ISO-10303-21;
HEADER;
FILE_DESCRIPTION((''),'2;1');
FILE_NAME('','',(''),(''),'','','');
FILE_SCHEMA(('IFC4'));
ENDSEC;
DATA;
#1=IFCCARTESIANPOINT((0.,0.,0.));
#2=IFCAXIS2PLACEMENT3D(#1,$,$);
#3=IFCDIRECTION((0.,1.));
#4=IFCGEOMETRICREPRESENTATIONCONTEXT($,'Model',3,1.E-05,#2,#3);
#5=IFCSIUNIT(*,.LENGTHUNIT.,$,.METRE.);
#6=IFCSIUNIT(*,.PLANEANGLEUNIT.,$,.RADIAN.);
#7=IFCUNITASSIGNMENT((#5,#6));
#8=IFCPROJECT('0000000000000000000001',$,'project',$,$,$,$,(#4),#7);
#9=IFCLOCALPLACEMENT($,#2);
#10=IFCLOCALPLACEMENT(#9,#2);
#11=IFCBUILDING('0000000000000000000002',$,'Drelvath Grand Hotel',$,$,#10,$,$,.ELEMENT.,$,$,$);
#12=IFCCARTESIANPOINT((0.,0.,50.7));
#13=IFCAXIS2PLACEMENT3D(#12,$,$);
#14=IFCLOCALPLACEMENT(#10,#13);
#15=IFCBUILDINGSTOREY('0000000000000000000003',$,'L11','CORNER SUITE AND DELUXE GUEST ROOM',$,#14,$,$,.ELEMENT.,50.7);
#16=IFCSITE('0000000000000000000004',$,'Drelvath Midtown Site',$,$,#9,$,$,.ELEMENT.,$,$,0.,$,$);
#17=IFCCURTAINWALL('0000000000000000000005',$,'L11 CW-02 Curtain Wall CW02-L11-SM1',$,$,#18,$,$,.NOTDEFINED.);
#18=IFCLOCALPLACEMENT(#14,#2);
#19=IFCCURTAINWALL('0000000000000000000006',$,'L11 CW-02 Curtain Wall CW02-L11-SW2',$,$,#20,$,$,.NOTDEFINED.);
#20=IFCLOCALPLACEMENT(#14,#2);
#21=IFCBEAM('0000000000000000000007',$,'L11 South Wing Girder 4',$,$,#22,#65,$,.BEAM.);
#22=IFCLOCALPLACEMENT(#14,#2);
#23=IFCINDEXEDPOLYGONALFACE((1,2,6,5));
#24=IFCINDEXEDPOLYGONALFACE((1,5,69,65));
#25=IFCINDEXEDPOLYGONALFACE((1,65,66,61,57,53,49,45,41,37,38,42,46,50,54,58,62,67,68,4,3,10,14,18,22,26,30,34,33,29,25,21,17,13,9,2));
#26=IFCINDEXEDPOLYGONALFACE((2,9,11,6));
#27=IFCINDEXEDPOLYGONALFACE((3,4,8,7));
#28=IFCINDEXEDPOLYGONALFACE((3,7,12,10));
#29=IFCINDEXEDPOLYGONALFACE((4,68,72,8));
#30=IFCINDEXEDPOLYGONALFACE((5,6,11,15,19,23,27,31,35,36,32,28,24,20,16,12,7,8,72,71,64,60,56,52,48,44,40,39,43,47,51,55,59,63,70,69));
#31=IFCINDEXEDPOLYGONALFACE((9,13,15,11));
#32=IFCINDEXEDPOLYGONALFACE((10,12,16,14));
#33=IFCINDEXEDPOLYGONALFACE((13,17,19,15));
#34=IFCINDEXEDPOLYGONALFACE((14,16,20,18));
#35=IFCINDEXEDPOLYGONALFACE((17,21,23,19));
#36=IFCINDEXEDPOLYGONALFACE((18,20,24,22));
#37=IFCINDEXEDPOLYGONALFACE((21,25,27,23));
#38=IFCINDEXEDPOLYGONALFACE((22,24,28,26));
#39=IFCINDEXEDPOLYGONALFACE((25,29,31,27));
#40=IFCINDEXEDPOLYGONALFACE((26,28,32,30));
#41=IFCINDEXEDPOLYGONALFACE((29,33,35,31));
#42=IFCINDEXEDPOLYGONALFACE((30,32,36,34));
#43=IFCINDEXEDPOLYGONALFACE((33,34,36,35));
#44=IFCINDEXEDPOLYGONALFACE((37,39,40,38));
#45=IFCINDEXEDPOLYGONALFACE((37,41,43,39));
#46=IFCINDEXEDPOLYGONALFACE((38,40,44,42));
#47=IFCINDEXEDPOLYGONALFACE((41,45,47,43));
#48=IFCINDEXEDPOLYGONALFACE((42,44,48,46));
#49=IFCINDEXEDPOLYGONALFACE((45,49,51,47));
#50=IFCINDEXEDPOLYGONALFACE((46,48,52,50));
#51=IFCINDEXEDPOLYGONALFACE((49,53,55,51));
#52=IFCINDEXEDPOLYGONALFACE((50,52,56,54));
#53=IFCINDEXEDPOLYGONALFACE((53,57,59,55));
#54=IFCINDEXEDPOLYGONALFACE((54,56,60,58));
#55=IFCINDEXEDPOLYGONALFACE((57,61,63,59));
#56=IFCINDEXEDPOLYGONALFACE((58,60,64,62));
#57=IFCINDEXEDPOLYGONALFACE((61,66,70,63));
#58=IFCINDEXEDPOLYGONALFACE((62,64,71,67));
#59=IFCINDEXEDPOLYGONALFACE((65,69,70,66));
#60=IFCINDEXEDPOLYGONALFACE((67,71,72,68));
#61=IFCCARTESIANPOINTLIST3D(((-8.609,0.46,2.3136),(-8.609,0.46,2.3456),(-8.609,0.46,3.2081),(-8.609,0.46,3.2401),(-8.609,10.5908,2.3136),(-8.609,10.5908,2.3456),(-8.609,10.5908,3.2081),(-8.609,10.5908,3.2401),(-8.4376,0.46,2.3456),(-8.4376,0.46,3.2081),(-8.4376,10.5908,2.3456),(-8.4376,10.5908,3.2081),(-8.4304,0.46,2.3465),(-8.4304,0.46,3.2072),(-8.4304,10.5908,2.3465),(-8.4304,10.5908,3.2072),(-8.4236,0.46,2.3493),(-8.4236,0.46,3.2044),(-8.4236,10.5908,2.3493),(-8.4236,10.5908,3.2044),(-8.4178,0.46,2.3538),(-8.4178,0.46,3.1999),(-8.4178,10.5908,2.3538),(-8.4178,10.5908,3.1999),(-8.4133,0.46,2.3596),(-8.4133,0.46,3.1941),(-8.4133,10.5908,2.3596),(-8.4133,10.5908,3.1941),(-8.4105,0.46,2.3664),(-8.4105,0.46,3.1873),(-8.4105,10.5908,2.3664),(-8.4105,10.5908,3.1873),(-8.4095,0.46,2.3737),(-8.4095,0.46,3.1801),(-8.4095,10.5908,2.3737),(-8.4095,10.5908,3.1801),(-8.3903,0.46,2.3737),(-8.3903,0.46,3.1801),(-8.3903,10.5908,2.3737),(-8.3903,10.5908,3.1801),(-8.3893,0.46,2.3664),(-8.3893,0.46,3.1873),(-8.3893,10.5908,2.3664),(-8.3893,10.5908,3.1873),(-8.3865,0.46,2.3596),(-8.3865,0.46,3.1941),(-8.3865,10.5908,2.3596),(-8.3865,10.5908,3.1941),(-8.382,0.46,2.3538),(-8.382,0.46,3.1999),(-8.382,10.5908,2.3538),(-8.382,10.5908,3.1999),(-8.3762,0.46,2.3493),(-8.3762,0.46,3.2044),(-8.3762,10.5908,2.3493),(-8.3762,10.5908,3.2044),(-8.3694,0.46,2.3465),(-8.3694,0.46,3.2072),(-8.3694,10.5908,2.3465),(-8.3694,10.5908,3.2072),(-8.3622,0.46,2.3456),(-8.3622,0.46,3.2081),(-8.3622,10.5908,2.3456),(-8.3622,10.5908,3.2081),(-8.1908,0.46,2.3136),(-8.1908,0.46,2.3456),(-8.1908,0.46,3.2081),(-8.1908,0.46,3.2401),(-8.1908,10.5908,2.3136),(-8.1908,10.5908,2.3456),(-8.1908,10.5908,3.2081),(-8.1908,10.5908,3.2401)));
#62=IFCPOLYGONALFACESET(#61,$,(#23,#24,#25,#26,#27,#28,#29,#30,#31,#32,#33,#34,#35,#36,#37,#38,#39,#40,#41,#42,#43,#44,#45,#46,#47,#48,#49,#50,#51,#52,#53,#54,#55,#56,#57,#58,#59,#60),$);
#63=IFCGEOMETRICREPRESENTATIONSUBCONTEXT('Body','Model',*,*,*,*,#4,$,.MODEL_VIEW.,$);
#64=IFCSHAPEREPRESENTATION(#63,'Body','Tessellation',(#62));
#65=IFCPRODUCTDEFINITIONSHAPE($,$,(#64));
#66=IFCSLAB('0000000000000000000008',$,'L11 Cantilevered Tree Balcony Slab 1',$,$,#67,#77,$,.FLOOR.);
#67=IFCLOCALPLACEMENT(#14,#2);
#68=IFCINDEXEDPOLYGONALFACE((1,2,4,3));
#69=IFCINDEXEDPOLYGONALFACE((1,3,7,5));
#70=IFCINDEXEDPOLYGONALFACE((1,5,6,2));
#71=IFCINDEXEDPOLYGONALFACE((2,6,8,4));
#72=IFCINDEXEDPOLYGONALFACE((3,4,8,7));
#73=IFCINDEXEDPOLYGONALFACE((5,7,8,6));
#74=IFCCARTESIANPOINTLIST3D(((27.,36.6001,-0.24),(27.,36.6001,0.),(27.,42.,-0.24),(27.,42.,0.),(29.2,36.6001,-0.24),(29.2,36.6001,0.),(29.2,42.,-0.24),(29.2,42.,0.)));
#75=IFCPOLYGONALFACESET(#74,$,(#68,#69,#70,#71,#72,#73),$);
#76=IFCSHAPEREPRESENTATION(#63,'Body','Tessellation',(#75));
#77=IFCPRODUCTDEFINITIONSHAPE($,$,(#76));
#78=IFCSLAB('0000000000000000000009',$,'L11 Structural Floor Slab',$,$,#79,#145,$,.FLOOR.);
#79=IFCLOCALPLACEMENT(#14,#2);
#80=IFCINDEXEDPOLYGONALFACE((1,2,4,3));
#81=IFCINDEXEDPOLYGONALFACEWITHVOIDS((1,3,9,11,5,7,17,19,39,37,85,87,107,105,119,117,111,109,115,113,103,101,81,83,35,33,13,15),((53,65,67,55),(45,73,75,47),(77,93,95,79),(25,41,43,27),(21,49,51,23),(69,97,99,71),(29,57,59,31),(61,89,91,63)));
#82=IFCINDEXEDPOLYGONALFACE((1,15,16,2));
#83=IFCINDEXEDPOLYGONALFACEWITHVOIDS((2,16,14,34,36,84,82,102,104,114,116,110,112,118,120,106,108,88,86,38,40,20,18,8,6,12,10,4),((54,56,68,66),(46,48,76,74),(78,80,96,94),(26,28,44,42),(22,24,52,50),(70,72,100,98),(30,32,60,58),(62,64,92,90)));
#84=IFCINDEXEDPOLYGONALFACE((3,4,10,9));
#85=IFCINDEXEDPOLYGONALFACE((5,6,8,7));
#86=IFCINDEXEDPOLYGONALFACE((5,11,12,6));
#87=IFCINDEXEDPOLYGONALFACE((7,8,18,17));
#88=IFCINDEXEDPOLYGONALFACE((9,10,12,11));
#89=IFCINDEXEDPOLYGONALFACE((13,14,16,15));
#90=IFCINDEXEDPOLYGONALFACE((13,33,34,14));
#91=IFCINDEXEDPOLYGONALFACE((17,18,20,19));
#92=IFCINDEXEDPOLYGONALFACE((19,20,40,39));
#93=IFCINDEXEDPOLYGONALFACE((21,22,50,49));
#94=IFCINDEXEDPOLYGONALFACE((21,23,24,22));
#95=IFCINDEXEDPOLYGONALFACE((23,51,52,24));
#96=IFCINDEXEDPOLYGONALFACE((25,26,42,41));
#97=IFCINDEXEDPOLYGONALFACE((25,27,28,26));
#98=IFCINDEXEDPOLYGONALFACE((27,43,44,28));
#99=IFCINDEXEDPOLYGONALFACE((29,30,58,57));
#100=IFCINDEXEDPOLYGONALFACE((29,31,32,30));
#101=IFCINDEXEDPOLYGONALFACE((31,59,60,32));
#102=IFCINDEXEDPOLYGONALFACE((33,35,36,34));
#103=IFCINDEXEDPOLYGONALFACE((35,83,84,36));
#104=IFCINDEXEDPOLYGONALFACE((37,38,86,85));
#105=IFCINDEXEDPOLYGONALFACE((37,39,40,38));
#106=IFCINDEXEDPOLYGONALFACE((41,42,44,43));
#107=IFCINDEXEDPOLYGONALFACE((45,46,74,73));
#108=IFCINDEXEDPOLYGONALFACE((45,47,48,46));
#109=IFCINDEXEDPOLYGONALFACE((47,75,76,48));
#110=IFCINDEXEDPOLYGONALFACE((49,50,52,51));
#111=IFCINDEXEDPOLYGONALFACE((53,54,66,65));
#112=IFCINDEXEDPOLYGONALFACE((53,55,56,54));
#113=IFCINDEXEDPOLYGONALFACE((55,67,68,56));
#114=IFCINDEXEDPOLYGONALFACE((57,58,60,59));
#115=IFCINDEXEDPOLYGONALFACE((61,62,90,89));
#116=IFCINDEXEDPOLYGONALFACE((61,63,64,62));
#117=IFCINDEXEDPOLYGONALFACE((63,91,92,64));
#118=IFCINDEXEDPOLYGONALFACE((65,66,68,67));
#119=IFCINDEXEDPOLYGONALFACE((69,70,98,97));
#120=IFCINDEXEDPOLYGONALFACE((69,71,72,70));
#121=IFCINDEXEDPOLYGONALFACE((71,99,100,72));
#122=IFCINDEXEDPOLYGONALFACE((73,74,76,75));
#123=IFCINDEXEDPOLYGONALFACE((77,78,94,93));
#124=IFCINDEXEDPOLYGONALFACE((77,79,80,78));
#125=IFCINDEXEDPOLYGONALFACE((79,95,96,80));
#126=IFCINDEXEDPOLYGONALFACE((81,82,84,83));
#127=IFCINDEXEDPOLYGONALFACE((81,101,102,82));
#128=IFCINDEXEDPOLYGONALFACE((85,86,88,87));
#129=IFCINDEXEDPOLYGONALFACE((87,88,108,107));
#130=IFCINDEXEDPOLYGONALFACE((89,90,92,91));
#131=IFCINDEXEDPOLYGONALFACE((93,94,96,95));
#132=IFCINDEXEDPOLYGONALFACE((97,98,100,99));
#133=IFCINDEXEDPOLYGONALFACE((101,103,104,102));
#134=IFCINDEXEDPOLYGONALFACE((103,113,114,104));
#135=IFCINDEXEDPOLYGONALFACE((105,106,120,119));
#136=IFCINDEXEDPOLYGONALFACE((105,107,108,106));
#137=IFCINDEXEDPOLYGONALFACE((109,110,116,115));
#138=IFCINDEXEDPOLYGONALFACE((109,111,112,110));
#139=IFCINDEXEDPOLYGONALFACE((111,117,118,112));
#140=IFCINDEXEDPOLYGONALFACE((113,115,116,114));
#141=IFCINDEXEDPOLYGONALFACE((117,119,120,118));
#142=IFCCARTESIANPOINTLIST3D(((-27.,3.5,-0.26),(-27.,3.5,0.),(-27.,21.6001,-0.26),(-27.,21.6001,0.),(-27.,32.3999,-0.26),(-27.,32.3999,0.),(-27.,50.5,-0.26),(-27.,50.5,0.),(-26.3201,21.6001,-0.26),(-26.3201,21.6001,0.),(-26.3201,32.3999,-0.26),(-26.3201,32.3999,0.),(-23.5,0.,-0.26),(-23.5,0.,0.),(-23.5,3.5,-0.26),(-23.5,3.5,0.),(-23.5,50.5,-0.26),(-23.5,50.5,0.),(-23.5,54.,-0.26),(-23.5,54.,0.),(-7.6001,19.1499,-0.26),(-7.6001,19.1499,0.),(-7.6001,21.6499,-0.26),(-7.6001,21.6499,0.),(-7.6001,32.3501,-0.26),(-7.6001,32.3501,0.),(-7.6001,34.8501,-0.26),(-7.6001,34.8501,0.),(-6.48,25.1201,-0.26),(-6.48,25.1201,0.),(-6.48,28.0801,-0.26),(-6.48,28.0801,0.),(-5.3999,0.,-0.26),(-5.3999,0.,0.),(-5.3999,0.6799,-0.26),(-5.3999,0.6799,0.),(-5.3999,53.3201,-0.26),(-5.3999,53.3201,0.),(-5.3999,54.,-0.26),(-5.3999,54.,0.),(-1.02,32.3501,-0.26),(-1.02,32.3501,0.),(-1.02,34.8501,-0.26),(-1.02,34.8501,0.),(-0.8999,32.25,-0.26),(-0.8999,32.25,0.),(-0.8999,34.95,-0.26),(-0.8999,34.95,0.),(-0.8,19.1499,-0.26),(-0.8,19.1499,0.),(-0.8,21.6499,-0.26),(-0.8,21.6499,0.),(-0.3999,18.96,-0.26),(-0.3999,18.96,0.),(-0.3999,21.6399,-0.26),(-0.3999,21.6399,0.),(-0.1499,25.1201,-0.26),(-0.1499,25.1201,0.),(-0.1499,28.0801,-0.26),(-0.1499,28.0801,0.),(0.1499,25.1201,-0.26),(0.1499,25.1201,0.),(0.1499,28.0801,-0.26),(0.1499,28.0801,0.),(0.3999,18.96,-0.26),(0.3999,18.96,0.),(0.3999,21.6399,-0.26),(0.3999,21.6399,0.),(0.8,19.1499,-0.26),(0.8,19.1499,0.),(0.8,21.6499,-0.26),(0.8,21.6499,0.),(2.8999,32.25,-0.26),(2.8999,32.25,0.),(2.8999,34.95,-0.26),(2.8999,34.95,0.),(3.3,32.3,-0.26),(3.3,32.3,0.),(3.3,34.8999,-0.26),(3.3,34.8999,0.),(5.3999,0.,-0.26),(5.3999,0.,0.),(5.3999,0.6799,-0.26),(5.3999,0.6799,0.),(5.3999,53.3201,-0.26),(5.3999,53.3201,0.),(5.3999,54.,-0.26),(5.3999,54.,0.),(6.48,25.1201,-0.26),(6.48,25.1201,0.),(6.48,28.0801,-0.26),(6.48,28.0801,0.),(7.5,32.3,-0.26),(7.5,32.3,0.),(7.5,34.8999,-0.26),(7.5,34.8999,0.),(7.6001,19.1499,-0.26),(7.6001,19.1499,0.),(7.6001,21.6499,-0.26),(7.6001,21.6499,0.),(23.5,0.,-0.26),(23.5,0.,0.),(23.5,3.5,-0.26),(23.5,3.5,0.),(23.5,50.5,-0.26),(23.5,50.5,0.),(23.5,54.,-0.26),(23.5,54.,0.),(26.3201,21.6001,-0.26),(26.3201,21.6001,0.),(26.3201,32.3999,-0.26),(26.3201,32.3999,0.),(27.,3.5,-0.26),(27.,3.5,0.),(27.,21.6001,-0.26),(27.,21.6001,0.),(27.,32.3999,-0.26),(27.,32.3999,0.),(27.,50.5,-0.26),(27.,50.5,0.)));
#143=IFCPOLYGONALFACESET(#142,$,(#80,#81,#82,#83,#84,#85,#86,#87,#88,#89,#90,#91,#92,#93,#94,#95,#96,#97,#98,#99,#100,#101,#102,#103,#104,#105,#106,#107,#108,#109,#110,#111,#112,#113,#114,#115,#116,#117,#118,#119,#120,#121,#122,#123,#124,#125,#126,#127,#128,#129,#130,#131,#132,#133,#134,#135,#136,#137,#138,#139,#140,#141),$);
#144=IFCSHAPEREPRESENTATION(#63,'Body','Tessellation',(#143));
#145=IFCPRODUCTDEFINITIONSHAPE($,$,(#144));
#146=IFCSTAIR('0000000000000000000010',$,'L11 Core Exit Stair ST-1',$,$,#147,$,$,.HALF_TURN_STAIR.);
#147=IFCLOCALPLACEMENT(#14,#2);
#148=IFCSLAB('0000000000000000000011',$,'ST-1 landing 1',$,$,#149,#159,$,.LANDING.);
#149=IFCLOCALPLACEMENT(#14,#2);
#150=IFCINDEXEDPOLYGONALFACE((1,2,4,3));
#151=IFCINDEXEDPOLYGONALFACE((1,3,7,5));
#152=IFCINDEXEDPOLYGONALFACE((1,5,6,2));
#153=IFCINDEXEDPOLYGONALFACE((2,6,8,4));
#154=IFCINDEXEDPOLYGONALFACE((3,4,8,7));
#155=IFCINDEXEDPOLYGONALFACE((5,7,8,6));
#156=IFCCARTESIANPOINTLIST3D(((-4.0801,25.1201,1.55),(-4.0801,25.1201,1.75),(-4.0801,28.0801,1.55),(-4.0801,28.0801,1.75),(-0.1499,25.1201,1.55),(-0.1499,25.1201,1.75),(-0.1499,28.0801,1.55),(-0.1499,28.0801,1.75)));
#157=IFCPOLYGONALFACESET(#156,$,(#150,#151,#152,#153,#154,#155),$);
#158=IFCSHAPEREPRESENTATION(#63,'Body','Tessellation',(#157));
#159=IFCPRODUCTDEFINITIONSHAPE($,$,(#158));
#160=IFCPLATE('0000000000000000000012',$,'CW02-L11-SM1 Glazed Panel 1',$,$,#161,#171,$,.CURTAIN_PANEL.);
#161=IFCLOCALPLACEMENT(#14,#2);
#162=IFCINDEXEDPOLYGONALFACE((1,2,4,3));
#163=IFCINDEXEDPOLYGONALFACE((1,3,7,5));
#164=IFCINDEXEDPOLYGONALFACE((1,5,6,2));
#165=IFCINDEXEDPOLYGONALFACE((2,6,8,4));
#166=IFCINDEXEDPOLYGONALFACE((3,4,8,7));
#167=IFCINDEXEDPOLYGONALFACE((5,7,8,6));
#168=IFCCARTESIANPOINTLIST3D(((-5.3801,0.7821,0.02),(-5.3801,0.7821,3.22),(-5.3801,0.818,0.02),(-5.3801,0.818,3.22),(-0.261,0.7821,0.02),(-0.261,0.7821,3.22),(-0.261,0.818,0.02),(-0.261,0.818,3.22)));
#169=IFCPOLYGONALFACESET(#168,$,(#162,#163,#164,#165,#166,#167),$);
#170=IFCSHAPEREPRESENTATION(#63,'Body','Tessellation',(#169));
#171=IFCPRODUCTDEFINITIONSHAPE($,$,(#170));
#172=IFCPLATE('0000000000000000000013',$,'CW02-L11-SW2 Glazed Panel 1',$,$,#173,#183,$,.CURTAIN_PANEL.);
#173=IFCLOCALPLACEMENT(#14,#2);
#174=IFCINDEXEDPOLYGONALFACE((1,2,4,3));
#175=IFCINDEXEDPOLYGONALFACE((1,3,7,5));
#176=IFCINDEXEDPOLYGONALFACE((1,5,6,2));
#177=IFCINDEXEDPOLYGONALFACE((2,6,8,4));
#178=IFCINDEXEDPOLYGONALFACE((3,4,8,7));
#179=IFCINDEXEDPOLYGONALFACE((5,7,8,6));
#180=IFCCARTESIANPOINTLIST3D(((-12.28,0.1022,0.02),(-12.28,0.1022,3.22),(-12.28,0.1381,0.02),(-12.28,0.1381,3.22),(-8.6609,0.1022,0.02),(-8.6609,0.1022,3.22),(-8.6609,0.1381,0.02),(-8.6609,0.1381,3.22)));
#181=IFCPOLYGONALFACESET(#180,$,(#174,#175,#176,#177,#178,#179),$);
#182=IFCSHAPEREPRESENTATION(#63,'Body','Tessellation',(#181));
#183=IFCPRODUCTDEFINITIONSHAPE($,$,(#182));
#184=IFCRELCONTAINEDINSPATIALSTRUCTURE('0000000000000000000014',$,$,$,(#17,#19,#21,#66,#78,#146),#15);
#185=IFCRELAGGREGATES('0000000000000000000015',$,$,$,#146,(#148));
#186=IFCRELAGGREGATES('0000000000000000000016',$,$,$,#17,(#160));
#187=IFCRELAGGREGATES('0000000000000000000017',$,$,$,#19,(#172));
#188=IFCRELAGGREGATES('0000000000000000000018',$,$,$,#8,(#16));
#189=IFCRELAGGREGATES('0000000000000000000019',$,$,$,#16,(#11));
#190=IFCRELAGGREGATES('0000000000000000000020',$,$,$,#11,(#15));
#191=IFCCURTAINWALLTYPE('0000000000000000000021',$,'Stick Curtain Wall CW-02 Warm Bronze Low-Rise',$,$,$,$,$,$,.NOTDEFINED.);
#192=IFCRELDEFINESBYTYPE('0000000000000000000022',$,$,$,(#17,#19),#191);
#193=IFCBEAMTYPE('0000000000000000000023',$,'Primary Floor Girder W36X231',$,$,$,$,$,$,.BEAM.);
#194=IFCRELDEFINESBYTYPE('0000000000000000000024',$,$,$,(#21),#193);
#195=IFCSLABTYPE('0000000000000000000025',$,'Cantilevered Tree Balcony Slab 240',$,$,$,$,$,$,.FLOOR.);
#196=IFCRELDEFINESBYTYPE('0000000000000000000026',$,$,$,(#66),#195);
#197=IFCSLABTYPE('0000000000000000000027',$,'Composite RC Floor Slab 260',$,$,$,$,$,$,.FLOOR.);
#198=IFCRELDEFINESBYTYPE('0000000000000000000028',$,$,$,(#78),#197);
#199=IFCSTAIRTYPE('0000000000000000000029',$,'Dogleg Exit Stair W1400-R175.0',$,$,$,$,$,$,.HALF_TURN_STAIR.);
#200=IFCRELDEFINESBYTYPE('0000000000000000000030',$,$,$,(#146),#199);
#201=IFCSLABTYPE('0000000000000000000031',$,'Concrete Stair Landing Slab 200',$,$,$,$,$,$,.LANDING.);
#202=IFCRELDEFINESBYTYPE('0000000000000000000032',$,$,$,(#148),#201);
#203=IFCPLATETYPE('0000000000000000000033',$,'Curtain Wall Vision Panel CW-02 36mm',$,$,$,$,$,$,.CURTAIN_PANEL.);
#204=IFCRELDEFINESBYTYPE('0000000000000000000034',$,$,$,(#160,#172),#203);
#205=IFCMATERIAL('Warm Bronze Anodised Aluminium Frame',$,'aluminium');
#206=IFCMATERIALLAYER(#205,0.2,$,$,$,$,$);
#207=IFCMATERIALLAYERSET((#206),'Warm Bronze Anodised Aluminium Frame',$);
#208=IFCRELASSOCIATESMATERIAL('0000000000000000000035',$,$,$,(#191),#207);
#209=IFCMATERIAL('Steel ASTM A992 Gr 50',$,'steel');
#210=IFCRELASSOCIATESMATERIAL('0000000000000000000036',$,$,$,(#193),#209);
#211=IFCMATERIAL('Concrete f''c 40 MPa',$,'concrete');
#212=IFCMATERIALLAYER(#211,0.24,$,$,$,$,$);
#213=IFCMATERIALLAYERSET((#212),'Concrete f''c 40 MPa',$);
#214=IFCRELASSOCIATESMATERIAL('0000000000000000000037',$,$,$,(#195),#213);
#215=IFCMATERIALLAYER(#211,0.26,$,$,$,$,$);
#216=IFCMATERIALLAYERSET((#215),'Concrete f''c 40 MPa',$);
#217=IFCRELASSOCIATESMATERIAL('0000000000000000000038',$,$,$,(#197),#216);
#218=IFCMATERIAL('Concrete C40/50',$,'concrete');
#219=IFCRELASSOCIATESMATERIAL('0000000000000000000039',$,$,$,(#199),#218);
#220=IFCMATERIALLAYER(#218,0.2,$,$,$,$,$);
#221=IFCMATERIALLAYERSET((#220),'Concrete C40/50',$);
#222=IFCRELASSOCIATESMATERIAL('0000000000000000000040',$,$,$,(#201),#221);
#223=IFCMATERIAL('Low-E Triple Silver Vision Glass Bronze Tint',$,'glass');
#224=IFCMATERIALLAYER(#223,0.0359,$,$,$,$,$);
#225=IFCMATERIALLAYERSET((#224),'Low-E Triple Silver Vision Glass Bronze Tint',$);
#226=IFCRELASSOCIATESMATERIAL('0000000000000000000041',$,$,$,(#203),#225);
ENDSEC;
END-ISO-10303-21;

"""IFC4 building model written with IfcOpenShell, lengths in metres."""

from ifc_helpers import new_model, si_unit, direction, frame, origin, origin_2d, place, context, subcontext, project, spatial, polyline, rectangle, i_section, outline, extrude, material, layer, layer_set, material_profile, profile_set, type_object, element, aggregate, save


model = new_model("IFC4")

# Units and contexts
model_context = context("Model", 3, precision=1e-05, world=origin(), true_north=direction((0.0, 1.0)))
body_context = subcontext(model_context, "Body", "Model", "MODEL_VIEW")
ifc_project = project(units=[si_unit("LENGTHUNIT", "METRE"), si_unit("PLANEANGLEUNIT", "RADIAN")], contexts=[model_context])

# Site, building, storey
site_placement = place(None, origin())
site = spatial("IfcSite", under=ifc_project, at=site_placement, Name="Drelvath Midtown Site", CompositionType="ELEMENT", RefElevation=0.0)
building_placement = place(site_placement, origin())
building = spatial("IfcBuilding", under=site, at=building_placement, Name="Drelvath Grand Hotel", CompositionType="ELEMENT")
storey_placement = place(building_placement, frame((0.0, 0.0, 50.7)))
storey = spatial("IfcBuildingStorey", under=building, at=storey_placement, Name="L11", Description="CORNER SUITE AND DELUXE GUEST ROOM", CompositionType="ELEMENT", Elevation=50.7)

# Curtain walls
ifc_material_1 = material(Name="Warm Bronze Anodised Aluminium Frame", Category="aluminium")
ifc_layer_1 = layer(ifc_material_1, 0.2)
ifc_layer_set_1 = layer_set([ifc_layer_1], Name="Warm Bronze Anodised Aluminium Frame")
curtain_wall_type = type_object("IfcCurtainWallType", Name="Stick Curtain Wall CW-02 Warm Bronze Low-Rise", PredefinedType="NOTDEFINED", material=ifc_layer_set_1)
curtain_wall_1_placement = place(storey_placement, origin())
curtain_wall_1 = element("IfcCurtainWall", 1, at=curtain_wall_1_placement, inside=storey, type_object=curtain_wall_type, Name="L11 CW-02 Curtain Wall CW02-L11-SM1", PredefinedType="NOTDEFINED")
curtain_wall_2_placement = place(storey_placement, origin())
curtain_wall_2 = element("IfcCurtainWall", 2, at=curtain_wall_2_placement, inside=storey, type_object=curtain_wall_type, Name="L11 CW-02 Curtain Wall CW02-L11-SW2", PredefinedType="NOTDEFINED")

# Beam
ifc_material_2 = material(Name="Steel ASTM A992 Gr 50", Category="steel")
ifc_material_profile_1 = material_profile(ifc_material_2, i_section(OverallWidth=0.4182, OverallDepth=0.9265, WebThickness=0.0193, FlangeThickness=0.032, FilletRadius=0.0281, at=origin_2d()), Name="W36X231")
ifc_profile_set_1 = profile_set([ifc_material_profile_1], Name="Steel ASTM A992 Gr 50")
beam_type_1 = type_object("IfcBeamType", Name="Primary Floor Girder W36X231", PredefinedType="BEAM", material=ifc_profile_set_1)
beam_1_placement = place(storey_placement, frame((-8.3999, 0.46, 2.7769), z_axis=(0.0, 1.0, 0.0), x_axis=(-1.0, 0.0, 0.0)))
element("IfcBeam", 3, at=beam_1_placement, inside=storey, type_object=beam_type_1, Name="L11 South Wing Girder 4", PredefinedType="BEAM", context=body_context, shape_type="SweptSolid", body=[
    extrude(i_section(OverallWidth=0.4182, OverallDepth=0.9265, WebThickness=0.0193, FlangeThickness=0.032, FilletRadius=0.0281, at=origin_2d()), origin(), (0.0, 0.0, 1.0), 10.1309),
])

# Slabs
ifc_material_3 = material(Name="Concrete f'c 40 MPa", Category="concrete")
ifc_layer_2 = layer(ifc_material_3, 0.24)
ifc_layer_set_2 = layer_set([ifc_layer_2], Name="Concrete f'c 40 MPa")
slab_type_1 = type_object("IfcSlabType", Name="Cantilevered Tree Balcony Slab 240", PredefinedType="FLOOR", material=ifc_layer_set_2)
slab_1_placement = place(storey_placement, frame((0.0, 0.0, -0.24)))
element("IfcSlab", 4, at=slab_1_placement, inside=storey, type_object=slab_type_1, Name="L11 Cantilevered Tree Balcony Slab 1", PredefinedType="FLOOR", context=body_context, shape_type="SweptSolid", body=[
    extrude(outline(polyline([(27.0, 36.6001), (29.2, 36.6001), (29.2, 42.0), (27.0, 42.0), (27.0, 36.6001)])), origin(), (0.0, 0.0, 1.0), 0.24),
])
ifc_layer_3 = layer(ifc_material_3, 0.26)
ifc_layer_set_3 = layer_set([ifc_layer_3], Name="Concrete f'c 40 MPa")
slab_type_2 = type_object("IfcSlabType", Name="Composite RC Floor Slab 260", PredefinedType="FLOOR", material=ifc_layer_set_3)
slab_2_placement = place(storey_placement, frame((0.0, 0.0, -0.26)))
element("IfcSlab", 5, at=slab_2_placement, inside=storey, type_object=slab_type_2, Name="L11 Structural Floor Slab", PredefinedType="FLOOR", context=body_context, shape_type="SweptSolid", body=[
    extrude(outline(polyline([(-23.5, 0.0), (-5.3999, 0.0), (-5.3999, 0.6799), (5.3999, 0.6799), (5.3999, 0.0), (23.5, 0.0), (23.5, 3.5), (27.0, 3.5), (27.0, 21.6001), (26.3201, 21.6001), (26.3201, 32.3999), (27.0, 32.3999), (27.0, 50.5), (23.5, 50.5), (23.5, 54.0), (5.3999, 54.0), (5.3999, 53.3201), (-5.3999, 53.3201), (-5.3999, 54.0), (-23.5, 54.0), (-23.5, 50.5), (-27.0, 50.5), (-27.0, 32.3999), (-26.3201, 32.3999), (-26.3201, 21.6001), (-27.0, 21.6001), (-27.0, 3.5), (-23.5, 3.5), (-23.5, 0.0)]), holes=[polyline([(-6.48, 25.1201), (-6.48, 28.0801), (-0.1499, 28.0801), (-0.1499, 25.1201), (-6.48, 25.1201)]), polyline([(0.1499, 25.1201), (0.1499, 28.0801), (6.48, 28.0801), (6.48, 25.1201), (0.1499, 25.1201)]), polyline([(-7.6001, 19.1499), (-7.6001, 21.6499), (-0.8, 21.6499), (-0.8, 19.1499), (-7.6001, 19.1499)]), polyline([(-0.3999, 18.96), (-0.3999, 21.6399), (0.3999, 21.6399), (0.3999, 18.96), (-0.3999, 18.96)]), polyline([(0.8, 19.1499), (0.8, 21.6499), (7.6001, 21.6499), (7.6001, 19.1499), (0.8, 19.1499)]), polyline([(-7.6001, 32.3501), (-7.6001, 34.8501), (-1.02, 34.8501), (-1.02, 32.3501), (-7.6001, 32.3501)]), polyline([(-0.8999, 32.25), (-0.8999, 34.95), (2.8999, 34.95), (2.8999, 32.25), (-0.8999, 32.25)]), polyline([(3.3, 32.3), (3.3, 34.8999), (7.5, 34.8999), (7.5, 32.3), (3.3, 32.3)])]), origin(), (0.0, 0.0, 1.0), 0.26),
])

# Stair, slab
ifc_material_4 = material(Name="Concrete C40/50", Category="concrete")
stair_type = type_object("IfcStairType", Name="Dogleg Exit Stair W1400-R175.0", PredefinedType="HALF_TURN_STAIR", material=ifc_material_4)
stair_placement = place(storey_placement, origin())
stair = element("IfcStair", 6, at=stair_placement, inside=storey, type_object=stair_type, Name="L11 Core Exit Stair ST-1", PredefinedType="HALF_TURN_STAIR")
ifc_layer_4 = layer(ifc_material_4, 0.2)
ifc_layer_set_4 = layer_set([ifc_layer_4], Name="Concrete C40/50")
slab_type_3 = type_object("IfcSlabType", Name="Concrete Stair Landing Slab 200", PredefinedType="LANDING", material=ifc_layer_set_4)
slab_3_placement = place(storey_placement, frame((0.0, 0.0, 1.55)))
slab_3 = element("IfcSlab", 7, at=slab_3_placement, type_object=slab_type_3, Name="ST-1 landing 1", PredefinedType="LANDING", context=body_context, shape_type="SweptSolid", body=[
    extrude(outline(polyline([(-4.0801, 25.1201), (-0.1499, 25.1201), (-0.1499, 28.0801), (-4.0801, 28.0801), (-4.0801, 25.1201)])), origin(), (0.0, 0.0, 1.0), 0.2),
])
aggregate(stair, [slab_3])

# Plates
ifc_material_5 = material(Name="Low-E Triple Silver Vision Glass Bronze Tint", Category="glass")
ifc_layer_5 = layer(ifc_material_5, 0.0359)
ifc_layer_set_5 = layer_set([ifc_layer_5], Name="Low-E Triple Silver Vision Glass Bronze Tint")
plate_type = type_object("IfcPlateType", Name="Curtain Wall Vision Panel CW-02 36mm", PredefinedType="CURTAIN_PANEL", material=ifc_layer_set_5)
plate_1_placement = place(storey_placement, frame((-2.8206, 0.8, 0.02), z_axis=(0.0, 0.0, 1.0), x_axis=(-1.0, 0.0, 0.0)))
plate_1 = element("IfcPlate", 8, at=plate_1_placement, type_object=plate_type, Name="CW02-L11-SM1 Glazed Panel 1", PredefinedType="CURTAIN_PANEL", context=body_context, shape_type="SweptSolid", body=[
    extrude(rectangle(XDim=5.1191, YDim=0.0359, at=origin_2d()), origin(), (0.0, 0.0, 1.0), 3.2),
])
aggregate(curtain_wall_1, [plate_1])
plate_2_placement = place(storey_placement, frame((-10.4705, 0.1201, 0.02), z_axis=(0.0, 0.0, 1.0), x_axis=(-1.0, 0.0, 0.0)))
plate_2 = element("IfcPlate", 9, at=plate_2_placement, type_object=plate_type, Name="CW02-L11-SW2 Glazed Panel 1", PredefinedType="CURTAIN_PANEL", context=body_context, shape_type="SweptSolid", body=[
    extrude(rectangle(XDim=3.6191, YDim=0.0359, at=origin_2d()), origin(), (0.0, 0.0, 1.0), 3.2),
])
aggregate(curtain_wall_2, [plate_2])

save(model, "model.ifc")
